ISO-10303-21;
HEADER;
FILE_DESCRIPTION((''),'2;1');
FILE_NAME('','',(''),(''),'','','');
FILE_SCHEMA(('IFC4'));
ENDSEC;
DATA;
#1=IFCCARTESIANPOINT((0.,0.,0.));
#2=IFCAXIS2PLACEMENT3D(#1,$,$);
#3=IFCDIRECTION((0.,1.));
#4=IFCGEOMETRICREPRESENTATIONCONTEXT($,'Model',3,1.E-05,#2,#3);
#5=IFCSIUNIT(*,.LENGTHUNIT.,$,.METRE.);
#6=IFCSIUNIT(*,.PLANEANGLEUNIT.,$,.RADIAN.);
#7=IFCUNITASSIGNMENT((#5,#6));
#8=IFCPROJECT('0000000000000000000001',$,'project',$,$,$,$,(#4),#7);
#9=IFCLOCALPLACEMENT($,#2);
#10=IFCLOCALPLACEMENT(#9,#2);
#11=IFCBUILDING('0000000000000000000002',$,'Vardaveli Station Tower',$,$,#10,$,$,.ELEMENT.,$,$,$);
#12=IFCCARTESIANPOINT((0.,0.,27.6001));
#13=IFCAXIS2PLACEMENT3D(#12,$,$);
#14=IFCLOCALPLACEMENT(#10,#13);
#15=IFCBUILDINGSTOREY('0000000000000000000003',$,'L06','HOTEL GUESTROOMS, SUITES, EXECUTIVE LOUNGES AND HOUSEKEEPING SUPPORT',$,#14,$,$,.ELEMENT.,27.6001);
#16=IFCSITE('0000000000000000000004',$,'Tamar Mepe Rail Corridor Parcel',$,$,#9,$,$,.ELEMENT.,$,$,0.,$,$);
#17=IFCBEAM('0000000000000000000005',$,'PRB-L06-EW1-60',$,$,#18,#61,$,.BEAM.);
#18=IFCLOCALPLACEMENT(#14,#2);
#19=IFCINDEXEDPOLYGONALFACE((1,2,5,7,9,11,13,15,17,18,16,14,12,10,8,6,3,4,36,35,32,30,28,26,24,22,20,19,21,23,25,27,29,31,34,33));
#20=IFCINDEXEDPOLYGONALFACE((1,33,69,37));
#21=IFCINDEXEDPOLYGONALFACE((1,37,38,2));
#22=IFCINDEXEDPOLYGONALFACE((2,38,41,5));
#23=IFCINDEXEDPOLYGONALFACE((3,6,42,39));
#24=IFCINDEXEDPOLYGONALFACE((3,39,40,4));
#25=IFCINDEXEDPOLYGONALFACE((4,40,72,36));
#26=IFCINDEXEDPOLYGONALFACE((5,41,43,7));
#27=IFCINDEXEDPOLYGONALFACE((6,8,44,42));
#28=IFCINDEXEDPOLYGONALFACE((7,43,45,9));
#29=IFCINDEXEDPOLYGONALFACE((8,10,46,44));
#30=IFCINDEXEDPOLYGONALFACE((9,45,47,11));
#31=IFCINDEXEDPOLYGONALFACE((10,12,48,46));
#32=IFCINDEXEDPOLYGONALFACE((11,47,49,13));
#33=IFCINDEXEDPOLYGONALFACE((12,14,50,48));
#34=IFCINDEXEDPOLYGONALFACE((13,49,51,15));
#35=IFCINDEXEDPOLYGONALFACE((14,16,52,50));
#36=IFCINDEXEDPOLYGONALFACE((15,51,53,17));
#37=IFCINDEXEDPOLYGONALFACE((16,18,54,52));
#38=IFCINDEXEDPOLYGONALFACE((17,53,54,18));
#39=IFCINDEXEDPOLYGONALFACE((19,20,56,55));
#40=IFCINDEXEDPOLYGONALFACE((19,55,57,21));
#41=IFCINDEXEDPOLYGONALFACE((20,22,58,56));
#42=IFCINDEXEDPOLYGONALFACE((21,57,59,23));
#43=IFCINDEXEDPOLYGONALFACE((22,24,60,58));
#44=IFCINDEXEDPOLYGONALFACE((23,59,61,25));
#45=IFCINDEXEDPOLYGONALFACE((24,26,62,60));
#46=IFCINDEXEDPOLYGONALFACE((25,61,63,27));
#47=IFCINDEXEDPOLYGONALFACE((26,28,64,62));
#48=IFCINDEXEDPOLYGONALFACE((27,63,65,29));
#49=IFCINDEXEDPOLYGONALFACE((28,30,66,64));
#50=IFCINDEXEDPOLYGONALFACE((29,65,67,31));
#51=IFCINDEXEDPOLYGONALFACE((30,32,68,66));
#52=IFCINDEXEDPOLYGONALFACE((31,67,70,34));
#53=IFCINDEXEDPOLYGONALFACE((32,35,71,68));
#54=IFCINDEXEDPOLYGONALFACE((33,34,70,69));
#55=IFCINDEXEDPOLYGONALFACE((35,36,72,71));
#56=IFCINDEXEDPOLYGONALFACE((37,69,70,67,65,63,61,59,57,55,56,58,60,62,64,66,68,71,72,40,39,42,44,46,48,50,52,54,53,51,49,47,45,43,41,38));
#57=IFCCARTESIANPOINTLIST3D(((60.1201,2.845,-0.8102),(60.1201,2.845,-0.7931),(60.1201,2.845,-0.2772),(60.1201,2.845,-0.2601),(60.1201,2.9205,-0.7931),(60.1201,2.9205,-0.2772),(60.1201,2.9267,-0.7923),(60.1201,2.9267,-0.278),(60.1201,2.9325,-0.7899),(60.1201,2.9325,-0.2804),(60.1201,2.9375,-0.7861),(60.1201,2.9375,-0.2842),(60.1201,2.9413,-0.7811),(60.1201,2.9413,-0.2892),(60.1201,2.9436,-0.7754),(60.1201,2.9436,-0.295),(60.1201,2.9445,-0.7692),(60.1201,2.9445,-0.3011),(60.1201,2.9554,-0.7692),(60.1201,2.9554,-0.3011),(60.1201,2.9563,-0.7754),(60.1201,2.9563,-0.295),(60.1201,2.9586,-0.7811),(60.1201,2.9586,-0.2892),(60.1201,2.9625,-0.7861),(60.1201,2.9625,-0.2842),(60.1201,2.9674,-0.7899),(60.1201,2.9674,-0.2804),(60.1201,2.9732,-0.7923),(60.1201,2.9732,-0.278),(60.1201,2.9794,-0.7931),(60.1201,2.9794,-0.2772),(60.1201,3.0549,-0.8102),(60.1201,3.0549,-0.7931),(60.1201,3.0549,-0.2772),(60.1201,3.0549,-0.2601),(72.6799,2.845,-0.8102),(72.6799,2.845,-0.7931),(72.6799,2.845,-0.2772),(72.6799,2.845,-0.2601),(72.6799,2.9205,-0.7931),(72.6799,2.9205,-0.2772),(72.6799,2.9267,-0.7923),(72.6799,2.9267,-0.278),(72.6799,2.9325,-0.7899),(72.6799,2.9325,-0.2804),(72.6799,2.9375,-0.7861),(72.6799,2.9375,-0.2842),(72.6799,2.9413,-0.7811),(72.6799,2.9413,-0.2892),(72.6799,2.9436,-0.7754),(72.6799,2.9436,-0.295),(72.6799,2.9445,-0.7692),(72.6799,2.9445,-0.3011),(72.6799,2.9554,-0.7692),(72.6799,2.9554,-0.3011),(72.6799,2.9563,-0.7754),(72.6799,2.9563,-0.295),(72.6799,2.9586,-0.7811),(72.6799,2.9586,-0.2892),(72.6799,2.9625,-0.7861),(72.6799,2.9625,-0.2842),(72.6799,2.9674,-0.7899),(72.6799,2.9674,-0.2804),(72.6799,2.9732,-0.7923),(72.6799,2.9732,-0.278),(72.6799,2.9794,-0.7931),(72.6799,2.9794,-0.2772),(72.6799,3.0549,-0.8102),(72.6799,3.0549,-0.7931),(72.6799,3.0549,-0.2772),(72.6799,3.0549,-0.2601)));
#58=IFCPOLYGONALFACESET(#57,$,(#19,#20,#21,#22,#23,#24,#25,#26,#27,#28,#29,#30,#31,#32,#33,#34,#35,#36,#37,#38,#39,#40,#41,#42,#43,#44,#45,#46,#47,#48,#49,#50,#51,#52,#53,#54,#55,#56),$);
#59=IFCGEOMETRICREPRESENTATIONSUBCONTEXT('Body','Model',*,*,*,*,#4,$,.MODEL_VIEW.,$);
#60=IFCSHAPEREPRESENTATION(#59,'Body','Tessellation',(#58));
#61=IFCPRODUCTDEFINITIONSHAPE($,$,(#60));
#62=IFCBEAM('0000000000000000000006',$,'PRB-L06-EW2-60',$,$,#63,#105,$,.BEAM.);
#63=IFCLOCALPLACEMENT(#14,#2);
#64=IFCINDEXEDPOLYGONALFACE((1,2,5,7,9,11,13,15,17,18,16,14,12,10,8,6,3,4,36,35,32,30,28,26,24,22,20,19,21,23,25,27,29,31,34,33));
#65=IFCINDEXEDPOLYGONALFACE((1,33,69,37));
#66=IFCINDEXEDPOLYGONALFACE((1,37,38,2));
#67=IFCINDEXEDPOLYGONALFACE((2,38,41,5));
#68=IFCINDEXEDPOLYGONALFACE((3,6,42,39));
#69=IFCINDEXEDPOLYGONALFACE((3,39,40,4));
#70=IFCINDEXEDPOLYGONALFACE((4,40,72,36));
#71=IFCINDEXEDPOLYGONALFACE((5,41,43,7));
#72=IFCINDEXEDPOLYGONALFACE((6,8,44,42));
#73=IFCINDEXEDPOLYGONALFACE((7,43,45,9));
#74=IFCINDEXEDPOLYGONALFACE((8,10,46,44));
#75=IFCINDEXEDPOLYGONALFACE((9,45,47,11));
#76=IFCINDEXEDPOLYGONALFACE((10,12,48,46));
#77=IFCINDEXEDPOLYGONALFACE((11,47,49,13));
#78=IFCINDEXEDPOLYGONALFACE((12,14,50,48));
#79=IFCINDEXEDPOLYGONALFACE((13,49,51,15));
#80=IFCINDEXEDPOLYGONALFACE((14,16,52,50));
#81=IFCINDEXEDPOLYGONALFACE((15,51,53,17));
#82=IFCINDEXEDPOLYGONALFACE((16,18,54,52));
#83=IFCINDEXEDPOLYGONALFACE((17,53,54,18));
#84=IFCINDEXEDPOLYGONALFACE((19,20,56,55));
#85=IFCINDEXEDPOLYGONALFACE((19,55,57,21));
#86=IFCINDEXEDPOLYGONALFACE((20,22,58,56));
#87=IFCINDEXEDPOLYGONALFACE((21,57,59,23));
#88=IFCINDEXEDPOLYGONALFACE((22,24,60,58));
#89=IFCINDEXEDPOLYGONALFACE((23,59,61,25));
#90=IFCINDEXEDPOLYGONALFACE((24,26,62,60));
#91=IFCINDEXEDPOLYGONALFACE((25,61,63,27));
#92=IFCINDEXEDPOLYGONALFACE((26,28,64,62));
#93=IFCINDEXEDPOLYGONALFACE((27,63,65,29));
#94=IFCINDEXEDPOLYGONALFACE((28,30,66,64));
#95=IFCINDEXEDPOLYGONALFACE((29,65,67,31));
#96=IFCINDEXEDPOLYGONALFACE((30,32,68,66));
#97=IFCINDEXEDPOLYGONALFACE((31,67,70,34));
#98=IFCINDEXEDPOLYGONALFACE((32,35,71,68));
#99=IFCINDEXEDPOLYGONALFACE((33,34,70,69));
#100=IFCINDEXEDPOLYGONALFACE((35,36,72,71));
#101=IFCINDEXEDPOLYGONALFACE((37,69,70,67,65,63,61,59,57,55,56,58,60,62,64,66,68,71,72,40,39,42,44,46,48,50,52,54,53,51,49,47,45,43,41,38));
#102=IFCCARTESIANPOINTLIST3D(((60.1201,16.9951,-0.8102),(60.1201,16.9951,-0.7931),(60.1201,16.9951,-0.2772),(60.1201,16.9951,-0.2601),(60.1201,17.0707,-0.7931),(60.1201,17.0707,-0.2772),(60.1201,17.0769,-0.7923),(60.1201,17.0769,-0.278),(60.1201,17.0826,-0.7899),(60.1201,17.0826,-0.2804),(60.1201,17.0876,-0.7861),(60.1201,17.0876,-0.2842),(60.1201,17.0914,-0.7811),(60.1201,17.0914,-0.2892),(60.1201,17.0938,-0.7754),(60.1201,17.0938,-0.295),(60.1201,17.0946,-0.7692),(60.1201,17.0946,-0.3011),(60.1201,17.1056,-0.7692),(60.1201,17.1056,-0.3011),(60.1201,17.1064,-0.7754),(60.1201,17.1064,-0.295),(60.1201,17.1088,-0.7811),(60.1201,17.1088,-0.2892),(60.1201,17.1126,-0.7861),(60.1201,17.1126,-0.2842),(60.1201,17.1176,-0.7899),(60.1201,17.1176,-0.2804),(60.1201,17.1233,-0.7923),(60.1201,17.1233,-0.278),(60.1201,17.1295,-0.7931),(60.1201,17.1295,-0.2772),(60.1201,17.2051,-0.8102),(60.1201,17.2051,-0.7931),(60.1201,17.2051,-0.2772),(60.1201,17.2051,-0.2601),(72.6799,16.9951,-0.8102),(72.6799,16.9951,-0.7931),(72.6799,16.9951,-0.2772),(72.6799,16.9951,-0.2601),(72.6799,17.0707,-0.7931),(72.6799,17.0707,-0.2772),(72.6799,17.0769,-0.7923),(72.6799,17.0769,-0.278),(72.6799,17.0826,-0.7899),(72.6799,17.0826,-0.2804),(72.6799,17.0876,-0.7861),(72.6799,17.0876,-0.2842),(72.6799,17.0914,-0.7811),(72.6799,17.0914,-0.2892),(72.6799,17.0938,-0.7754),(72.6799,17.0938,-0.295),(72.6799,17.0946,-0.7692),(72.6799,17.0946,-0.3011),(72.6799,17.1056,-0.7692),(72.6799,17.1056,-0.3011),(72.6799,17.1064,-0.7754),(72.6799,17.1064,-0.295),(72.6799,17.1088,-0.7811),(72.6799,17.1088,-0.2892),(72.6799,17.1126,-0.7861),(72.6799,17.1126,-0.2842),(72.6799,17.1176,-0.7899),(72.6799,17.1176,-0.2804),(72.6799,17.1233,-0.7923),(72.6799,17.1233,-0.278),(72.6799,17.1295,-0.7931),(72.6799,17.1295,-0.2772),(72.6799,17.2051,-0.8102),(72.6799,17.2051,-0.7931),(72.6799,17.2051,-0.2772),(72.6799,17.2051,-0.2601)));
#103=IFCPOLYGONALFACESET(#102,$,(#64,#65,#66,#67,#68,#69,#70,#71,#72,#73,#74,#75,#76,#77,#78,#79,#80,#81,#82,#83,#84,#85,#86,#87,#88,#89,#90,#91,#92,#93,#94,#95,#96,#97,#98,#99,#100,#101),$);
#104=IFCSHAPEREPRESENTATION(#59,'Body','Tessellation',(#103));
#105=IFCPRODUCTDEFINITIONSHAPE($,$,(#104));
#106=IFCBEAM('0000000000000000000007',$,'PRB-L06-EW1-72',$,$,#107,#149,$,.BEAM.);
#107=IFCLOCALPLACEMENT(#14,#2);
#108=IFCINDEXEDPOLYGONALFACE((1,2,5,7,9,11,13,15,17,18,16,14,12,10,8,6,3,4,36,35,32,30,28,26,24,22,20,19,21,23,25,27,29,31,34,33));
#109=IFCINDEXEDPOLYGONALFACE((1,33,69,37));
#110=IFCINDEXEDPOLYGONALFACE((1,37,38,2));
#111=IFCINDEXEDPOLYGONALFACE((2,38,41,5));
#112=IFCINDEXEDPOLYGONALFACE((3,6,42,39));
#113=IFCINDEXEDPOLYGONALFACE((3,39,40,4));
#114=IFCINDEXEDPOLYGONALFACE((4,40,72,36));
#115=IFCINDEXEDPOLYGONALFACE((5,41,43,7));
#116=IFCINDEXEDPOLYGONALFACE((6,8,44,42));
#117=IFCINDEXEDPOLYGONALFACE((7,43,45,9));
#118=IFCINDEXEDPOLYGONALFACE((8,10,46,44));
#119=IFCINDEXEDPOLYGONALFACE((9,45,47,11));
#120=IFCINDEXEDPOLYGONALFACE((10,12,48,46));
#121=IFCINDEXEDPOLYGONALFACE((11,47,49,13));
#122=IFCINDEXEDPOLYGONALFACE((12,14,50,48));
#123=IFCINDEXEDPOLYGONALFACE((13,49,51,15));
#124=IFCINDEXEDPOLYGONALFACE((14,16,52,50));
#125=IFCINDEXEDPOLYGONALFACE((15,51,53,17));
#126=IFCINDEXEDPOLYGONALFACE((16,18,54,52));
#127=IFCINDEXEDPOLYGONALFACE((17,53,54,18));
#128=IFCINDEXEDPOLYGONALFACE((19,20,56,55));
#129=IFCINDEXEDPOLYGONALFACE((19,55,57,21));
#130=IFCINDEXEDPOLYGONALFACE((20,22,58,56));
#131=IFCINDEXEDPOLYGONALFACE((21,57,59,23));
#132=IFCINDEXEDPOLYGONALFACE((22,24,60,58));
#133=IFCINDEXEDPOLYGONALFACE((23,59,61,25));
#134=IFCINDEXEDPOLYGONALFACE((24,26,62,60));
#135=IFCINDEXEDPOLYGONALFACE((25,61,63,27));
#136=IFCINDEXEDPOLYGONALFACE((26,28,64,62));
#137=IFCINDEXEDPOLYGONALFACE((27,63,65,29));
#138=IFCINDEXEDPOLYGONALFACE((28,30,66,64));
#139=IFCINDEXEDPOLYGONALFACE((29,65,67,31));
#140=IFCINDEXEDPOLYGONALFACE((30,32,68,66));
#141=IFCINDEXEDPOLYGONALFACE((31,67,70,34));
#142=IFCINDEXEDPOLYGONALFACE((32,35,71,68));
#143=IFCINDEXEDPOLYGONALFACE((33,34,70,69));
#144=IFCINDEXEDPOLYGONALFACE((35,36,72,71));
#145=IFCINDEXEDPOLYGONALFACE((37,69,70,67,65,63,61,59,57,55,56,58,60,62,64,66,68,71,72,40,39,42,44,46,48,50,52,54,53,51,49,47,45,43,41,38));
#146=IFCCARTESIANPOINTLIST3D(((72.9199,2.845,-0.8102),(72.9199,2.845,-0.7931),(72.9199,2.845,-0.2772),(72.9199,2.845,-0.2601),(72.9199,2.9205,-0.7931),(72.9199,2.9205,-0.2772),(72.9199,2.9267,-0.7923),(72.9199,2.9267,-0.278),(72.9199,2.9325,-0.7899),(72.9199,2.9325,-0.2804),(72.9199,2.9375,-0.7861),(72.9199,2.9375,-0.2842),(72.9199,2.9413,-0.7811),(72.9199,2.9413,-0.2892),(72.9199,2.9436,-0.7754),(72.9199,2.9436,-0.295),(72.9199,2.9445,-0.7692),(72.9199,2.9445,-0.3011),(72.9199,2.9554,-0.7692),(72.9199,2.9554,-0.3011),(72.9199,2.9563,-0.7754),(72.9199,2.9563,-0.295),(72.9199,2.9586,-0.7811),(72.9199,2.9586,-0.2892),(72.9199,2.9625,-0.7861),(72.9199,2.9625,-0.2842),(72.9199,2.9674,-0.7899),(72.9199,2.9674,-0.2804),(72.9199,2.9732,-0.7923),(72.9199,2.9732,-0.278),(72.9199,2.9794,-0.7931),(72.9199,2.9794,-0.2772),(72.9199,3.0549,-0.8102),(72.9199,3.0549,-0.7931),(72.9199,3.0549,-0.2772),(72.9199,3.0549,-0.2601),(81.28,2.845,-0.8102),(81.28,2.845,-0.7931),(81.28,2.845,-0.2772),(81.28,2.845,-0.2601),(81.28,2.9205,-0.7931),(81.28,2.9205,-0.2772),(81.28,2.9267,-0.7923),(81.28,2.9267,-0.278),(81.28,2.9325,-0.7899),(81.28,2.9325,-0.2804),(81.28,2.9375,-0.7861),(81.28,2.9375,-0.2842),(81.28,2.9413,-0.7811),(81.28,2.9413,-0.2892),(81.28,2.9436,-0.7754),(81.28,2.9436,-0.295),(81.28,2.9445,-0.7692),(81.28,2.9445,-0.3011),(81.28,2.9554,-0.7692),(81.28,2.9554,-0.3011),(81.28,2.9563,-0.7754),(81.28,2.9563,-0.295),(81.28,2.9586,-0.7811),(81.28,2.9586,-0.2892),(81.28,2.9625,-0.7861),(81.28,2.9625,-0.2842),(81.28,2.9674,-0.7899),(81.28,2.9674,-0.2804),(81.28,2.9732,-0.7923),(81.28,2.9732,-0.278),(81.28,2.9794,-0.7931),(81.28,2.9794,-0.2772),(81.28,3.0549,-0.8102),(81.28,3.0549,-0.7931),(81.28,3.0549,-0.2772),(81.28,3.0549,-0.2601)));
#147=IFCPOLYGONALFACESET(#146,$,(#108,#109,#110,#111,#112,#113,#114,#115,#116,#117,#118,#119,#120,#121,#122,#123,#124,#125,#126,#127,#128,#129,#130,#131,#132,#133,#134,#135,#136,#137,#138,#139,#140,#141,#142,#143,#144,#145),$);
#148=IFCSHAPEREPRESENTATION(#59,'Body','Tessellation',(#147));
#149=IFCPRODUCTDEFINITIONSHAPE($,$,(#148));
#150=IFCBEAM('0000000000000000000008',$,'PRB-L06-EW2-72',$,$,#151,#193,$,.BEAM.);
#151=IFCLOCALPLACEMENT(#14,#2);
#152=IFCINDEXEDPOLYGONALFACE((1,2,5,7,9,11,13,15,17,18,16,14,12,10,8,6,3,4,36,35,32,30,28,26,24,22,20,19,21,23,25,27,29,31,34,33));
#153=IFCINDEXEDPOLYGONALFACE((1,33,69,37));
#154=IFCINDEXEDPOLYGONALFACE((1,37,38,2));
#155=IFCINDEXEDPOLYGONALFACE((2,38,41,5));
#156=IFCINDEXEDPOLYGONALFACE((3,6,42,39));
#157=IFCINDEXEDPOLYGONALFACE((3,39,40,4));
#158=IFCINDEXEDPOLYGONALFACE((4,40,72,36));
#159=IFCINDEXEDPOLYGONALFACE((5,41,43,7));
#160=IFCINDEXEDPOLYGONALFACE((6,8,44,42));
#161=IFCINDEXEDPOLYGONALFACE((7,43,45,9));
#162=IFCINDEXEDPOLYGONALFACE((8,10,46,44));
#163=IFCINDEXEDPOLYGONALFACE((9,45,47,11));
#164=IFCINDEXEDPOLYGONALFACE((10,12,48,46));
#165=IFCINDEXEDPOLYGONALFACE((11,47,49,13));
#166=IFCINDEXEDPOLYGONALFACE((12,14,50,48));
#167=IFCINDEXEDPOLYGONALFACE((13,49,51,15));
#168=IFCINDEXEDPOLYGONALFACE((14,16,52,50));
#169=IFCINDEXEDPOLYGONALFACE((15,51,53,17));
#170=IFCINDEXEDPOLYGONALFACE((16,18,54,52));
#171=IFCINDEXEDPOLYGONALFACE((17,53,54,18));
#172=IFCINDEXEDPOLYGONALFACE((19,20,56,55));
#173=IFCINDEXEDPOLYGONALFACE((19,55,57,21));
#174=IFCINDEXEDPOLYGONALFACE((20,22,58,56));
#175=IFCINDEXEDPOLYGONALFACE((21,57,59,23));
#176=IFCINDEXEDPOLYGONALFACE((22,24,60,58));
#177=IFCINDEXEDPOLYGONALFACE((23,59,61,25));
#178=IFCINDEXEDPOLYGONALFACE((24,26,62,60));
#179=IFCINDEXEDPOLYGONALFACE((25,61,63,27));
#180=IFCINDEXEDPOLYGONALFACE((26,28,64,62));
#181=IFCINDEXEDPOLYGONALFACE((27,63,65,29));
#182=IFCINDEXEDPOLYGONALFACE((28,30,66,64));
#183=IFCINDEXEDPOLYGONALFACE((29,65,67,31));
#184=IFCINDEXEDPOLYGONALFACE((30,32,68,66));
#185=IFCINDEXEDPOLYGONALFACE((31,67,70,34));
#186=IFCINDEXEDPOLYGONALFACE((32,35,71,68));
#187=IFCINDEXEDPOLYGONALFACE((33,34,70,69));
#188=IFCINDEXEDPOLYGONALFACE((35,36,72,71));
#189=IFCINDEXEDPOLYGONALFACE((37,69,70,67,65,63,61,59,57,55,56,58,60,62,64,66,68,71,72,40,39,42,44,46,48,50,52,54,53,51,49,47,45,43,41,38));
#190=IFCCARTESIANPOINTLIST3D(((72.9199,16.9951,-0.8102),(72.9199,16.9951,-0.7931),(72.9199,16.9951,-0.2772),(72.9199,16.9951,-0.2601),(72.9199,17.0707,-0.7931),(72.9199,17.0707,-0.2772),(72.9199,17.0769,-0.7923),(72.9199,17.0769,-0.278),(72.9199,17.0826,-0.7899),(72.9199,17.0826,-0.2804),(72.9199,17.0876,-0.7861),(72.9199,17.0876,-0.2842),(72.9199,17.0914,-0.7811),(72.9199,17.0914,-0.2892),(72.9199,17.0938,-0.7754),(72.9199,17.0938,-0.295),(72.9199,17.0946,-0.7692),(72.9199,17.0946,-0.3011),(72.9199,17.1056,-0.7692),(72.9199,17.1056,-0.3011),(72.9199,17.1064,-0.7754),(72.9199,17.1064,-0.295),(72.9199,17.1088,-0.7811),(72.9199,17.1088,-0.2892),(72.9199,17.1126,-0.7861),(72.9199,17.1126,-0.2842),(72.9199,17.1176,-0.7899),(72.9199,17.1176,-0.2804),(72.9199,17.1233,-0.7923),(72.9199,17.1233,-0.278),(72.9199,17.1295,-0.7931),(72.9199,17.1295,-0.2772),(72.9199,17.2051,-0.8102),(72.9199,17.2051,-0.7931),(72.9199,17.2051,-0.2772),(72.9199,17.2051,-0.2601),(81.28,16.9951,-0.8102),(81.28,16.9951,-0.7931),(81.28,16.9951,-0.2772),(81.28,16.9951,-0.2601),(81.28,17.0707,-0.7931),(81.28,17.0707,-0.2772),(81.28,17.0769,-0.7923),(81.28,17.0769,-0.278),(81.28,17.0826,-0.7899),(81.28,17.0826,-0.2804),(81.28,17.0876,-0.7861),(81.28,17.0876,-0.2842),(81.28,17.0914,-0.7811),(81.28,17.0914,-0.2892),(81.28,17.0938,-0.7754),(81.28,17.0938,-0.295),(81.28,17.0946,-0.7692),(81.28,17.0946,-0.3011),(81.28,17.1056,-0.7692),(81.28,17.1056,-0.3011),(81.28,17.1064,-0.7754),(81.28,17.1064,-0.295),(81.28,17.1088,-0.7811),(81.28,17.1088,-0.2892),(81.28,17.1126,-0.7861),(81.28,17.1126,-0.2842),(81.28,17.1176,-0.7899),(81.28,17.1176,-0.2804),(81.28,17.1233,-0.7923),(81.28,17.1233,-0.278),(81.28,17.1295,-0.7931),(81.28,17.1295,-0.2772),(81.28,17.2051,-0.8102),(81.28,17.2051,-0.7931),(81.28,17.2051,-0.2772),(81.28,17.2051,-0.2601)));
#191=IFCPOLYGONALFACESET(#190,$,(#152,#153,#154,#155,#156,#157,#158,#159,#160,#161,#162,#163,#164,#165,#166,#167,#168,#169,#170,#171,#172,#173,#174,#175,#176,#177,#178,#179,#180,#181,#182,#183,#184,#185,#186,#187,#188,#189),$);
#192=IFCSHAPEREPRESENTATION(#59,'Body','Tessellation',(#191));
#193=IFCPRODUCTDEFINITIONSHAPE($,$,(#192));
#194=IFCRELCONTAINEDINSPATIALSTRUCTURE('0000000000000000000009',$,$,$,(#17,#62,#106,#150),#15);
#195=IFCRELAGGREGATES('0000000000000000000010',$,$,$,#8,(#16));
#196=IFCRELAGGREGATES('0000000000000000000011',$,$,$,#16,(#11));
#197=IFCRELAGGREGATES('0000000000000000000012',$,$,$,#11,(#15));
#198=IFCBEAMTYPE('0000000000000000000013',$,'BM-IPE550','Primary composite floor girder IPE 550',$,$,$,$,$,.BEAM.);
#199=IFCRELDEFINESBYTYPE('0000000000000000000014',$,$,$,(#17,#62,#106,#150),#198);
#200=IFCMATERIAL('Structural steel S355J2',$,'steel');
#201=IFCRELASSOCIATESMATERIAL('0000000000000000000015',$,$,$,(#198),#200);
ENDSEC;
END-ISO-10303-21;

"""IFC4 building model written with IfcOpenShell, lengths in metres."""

from ifc_helpers import new_model, si_unit, direction, frame, origin, origin_2d, place, context, subcontext, project, spatial, i_section, extrude, source, transform, mapped, material, material_profile, profile_set, type_object, element, save


model = new_model("IFC4")

# Units and contexts
model_context = context("Model", 3, precision=1e-05, world=origin(), true_north=direction((0.0, 1.0)))
body_context = subcontext(model_context, "Body", "Model", "MODEL_VIEW")
ifc_project = project(units=[si_unit("LENGTHUNIT", "METRE"), si_unit("PLANEANGLEUNIT", "RADIAN")], contexts=[model_context])

# Site, building, storey
site_placement = place(None, origin())
site = spatial("IfcSite", under=ifc_project, at=site_placement, Name="Tamar Mepe Rail Corridor Parcel", CompositionType="ELEMENT", RefElevation=0.0)
building_placement = place(site_placement, origin())
building = spatial("IfcBuilding", under=site, at=building_placement, Name="Vardaveli Station Tower", CompositionType="ELEMENT")
storey_placement = place(building_placement, frame((0.0, 0.0, 27.6001)))
storey = spatial("IfcBuildingStorey", under=building, at=storey_placement, Name="L06", Description="HOTEL GUESTROOMS, SUITES, EXECUTIVE LOUNGES AND HOUSEKEEPING SUPPORT", CompositionType="ELEMENT", Elevation=27.6001)

# Beams
ifc_material_1 = material(Name="Structural steel S355J2", Category="steel")
ifc_material_profile_1 = material_profile(ifc_material_1, i_section(OverallWidth=0.21, OverallDepth=0.55, WebThickness=0.011, FlangeThickness=0.0171, FilletRadius=0.0239, at=origin_2d()), Name="IPE 550")
ifc_profile_set_1 = profile_set([ifc_material_profile_1], Name="Structural steel S355J2")
beam_type_1 = type_object("IfcBeamType", Name="BM-IPE550", Description="Primary composite floor girder IPE 550", PredefinedType="BEAM", material=ifc_profile_set_1)
shared_shape_1 = source(origin(), body_context, "Body", "SweptSolid", [
    extrude(i_section(OverallWidth=0.21, OverallDepth=0.55, WebThickness=0.011, FlangeThickness=0.0171, FilletRadius=0.0239, at=origin_2d()), origin(), (0.0, 0.0, 1.0), 12.5598),
])
for number, where, z_axis, x_axis, name in (
    (1, (60.1201, 2.95, -0.5352), (1.0, 0.0, 0.0), (0.0, 1.0, 0.0), "PRB-L06-EW1-60"),
    (2, (60.1201, 17.1001, -0.5352), (1.0, 0.0, 0.0), (0.0, 1.0, 0.0), "PRB-L06-EW2-60"),
):
    element("IfcBeam", number, at=place(storey_placement, frame(where, z_axis=z_axis, x_axis=x_axis)), inside=storey, type_object=beam_type_1, Name=name, PredefinedType="BEAM", context=body_context, shape_type="MappedRepresentation", body=[
        mapped(shared_shape_1, transform((0.0, 0.0, 0.0), scale=1.0)),
    ])
shared_shape_2 = source(origin(), body_context, "Body", "SweptSolid", [
    extrude(i_section(OverallWidth=0.21, OverallDepth=0.55, WebThickness=0.011, FlangeThickness=0.0171, FilletRadius=0.0239, at=origin_2d()), origin(), (0.0, 0.0, 1.0), 8.3601),
])
for number, where, z_axis, x_axis, name in (
    (3, (72.9199, 2.95, -0.5352), (1.0, 0.0, 0.0), (0.0, 1.0, 0.0), "PRB-L06-EW1-72"),
    (4, (72.9199, 17.1001, -0.5352), (1.0, 0.0, 0.0), (0.0, 1.0, 0.0), "PRB-L06-EW2-72"),
):
    element("IfcBeam", number, at=place(storey_placement, frame(where, z_axis=z_axis, x_axis=x_axis)), inside=storey, type_object=beam_type_1, Name=name, PredefinedType="BEAM", context=body_context, shape_type="MappedRepresentation", body=[
        mapped(shared_shape_2, transform((0.0, 0.0, 0.0), scale=1.0)),
    ])

save(model, "model.ifc")
